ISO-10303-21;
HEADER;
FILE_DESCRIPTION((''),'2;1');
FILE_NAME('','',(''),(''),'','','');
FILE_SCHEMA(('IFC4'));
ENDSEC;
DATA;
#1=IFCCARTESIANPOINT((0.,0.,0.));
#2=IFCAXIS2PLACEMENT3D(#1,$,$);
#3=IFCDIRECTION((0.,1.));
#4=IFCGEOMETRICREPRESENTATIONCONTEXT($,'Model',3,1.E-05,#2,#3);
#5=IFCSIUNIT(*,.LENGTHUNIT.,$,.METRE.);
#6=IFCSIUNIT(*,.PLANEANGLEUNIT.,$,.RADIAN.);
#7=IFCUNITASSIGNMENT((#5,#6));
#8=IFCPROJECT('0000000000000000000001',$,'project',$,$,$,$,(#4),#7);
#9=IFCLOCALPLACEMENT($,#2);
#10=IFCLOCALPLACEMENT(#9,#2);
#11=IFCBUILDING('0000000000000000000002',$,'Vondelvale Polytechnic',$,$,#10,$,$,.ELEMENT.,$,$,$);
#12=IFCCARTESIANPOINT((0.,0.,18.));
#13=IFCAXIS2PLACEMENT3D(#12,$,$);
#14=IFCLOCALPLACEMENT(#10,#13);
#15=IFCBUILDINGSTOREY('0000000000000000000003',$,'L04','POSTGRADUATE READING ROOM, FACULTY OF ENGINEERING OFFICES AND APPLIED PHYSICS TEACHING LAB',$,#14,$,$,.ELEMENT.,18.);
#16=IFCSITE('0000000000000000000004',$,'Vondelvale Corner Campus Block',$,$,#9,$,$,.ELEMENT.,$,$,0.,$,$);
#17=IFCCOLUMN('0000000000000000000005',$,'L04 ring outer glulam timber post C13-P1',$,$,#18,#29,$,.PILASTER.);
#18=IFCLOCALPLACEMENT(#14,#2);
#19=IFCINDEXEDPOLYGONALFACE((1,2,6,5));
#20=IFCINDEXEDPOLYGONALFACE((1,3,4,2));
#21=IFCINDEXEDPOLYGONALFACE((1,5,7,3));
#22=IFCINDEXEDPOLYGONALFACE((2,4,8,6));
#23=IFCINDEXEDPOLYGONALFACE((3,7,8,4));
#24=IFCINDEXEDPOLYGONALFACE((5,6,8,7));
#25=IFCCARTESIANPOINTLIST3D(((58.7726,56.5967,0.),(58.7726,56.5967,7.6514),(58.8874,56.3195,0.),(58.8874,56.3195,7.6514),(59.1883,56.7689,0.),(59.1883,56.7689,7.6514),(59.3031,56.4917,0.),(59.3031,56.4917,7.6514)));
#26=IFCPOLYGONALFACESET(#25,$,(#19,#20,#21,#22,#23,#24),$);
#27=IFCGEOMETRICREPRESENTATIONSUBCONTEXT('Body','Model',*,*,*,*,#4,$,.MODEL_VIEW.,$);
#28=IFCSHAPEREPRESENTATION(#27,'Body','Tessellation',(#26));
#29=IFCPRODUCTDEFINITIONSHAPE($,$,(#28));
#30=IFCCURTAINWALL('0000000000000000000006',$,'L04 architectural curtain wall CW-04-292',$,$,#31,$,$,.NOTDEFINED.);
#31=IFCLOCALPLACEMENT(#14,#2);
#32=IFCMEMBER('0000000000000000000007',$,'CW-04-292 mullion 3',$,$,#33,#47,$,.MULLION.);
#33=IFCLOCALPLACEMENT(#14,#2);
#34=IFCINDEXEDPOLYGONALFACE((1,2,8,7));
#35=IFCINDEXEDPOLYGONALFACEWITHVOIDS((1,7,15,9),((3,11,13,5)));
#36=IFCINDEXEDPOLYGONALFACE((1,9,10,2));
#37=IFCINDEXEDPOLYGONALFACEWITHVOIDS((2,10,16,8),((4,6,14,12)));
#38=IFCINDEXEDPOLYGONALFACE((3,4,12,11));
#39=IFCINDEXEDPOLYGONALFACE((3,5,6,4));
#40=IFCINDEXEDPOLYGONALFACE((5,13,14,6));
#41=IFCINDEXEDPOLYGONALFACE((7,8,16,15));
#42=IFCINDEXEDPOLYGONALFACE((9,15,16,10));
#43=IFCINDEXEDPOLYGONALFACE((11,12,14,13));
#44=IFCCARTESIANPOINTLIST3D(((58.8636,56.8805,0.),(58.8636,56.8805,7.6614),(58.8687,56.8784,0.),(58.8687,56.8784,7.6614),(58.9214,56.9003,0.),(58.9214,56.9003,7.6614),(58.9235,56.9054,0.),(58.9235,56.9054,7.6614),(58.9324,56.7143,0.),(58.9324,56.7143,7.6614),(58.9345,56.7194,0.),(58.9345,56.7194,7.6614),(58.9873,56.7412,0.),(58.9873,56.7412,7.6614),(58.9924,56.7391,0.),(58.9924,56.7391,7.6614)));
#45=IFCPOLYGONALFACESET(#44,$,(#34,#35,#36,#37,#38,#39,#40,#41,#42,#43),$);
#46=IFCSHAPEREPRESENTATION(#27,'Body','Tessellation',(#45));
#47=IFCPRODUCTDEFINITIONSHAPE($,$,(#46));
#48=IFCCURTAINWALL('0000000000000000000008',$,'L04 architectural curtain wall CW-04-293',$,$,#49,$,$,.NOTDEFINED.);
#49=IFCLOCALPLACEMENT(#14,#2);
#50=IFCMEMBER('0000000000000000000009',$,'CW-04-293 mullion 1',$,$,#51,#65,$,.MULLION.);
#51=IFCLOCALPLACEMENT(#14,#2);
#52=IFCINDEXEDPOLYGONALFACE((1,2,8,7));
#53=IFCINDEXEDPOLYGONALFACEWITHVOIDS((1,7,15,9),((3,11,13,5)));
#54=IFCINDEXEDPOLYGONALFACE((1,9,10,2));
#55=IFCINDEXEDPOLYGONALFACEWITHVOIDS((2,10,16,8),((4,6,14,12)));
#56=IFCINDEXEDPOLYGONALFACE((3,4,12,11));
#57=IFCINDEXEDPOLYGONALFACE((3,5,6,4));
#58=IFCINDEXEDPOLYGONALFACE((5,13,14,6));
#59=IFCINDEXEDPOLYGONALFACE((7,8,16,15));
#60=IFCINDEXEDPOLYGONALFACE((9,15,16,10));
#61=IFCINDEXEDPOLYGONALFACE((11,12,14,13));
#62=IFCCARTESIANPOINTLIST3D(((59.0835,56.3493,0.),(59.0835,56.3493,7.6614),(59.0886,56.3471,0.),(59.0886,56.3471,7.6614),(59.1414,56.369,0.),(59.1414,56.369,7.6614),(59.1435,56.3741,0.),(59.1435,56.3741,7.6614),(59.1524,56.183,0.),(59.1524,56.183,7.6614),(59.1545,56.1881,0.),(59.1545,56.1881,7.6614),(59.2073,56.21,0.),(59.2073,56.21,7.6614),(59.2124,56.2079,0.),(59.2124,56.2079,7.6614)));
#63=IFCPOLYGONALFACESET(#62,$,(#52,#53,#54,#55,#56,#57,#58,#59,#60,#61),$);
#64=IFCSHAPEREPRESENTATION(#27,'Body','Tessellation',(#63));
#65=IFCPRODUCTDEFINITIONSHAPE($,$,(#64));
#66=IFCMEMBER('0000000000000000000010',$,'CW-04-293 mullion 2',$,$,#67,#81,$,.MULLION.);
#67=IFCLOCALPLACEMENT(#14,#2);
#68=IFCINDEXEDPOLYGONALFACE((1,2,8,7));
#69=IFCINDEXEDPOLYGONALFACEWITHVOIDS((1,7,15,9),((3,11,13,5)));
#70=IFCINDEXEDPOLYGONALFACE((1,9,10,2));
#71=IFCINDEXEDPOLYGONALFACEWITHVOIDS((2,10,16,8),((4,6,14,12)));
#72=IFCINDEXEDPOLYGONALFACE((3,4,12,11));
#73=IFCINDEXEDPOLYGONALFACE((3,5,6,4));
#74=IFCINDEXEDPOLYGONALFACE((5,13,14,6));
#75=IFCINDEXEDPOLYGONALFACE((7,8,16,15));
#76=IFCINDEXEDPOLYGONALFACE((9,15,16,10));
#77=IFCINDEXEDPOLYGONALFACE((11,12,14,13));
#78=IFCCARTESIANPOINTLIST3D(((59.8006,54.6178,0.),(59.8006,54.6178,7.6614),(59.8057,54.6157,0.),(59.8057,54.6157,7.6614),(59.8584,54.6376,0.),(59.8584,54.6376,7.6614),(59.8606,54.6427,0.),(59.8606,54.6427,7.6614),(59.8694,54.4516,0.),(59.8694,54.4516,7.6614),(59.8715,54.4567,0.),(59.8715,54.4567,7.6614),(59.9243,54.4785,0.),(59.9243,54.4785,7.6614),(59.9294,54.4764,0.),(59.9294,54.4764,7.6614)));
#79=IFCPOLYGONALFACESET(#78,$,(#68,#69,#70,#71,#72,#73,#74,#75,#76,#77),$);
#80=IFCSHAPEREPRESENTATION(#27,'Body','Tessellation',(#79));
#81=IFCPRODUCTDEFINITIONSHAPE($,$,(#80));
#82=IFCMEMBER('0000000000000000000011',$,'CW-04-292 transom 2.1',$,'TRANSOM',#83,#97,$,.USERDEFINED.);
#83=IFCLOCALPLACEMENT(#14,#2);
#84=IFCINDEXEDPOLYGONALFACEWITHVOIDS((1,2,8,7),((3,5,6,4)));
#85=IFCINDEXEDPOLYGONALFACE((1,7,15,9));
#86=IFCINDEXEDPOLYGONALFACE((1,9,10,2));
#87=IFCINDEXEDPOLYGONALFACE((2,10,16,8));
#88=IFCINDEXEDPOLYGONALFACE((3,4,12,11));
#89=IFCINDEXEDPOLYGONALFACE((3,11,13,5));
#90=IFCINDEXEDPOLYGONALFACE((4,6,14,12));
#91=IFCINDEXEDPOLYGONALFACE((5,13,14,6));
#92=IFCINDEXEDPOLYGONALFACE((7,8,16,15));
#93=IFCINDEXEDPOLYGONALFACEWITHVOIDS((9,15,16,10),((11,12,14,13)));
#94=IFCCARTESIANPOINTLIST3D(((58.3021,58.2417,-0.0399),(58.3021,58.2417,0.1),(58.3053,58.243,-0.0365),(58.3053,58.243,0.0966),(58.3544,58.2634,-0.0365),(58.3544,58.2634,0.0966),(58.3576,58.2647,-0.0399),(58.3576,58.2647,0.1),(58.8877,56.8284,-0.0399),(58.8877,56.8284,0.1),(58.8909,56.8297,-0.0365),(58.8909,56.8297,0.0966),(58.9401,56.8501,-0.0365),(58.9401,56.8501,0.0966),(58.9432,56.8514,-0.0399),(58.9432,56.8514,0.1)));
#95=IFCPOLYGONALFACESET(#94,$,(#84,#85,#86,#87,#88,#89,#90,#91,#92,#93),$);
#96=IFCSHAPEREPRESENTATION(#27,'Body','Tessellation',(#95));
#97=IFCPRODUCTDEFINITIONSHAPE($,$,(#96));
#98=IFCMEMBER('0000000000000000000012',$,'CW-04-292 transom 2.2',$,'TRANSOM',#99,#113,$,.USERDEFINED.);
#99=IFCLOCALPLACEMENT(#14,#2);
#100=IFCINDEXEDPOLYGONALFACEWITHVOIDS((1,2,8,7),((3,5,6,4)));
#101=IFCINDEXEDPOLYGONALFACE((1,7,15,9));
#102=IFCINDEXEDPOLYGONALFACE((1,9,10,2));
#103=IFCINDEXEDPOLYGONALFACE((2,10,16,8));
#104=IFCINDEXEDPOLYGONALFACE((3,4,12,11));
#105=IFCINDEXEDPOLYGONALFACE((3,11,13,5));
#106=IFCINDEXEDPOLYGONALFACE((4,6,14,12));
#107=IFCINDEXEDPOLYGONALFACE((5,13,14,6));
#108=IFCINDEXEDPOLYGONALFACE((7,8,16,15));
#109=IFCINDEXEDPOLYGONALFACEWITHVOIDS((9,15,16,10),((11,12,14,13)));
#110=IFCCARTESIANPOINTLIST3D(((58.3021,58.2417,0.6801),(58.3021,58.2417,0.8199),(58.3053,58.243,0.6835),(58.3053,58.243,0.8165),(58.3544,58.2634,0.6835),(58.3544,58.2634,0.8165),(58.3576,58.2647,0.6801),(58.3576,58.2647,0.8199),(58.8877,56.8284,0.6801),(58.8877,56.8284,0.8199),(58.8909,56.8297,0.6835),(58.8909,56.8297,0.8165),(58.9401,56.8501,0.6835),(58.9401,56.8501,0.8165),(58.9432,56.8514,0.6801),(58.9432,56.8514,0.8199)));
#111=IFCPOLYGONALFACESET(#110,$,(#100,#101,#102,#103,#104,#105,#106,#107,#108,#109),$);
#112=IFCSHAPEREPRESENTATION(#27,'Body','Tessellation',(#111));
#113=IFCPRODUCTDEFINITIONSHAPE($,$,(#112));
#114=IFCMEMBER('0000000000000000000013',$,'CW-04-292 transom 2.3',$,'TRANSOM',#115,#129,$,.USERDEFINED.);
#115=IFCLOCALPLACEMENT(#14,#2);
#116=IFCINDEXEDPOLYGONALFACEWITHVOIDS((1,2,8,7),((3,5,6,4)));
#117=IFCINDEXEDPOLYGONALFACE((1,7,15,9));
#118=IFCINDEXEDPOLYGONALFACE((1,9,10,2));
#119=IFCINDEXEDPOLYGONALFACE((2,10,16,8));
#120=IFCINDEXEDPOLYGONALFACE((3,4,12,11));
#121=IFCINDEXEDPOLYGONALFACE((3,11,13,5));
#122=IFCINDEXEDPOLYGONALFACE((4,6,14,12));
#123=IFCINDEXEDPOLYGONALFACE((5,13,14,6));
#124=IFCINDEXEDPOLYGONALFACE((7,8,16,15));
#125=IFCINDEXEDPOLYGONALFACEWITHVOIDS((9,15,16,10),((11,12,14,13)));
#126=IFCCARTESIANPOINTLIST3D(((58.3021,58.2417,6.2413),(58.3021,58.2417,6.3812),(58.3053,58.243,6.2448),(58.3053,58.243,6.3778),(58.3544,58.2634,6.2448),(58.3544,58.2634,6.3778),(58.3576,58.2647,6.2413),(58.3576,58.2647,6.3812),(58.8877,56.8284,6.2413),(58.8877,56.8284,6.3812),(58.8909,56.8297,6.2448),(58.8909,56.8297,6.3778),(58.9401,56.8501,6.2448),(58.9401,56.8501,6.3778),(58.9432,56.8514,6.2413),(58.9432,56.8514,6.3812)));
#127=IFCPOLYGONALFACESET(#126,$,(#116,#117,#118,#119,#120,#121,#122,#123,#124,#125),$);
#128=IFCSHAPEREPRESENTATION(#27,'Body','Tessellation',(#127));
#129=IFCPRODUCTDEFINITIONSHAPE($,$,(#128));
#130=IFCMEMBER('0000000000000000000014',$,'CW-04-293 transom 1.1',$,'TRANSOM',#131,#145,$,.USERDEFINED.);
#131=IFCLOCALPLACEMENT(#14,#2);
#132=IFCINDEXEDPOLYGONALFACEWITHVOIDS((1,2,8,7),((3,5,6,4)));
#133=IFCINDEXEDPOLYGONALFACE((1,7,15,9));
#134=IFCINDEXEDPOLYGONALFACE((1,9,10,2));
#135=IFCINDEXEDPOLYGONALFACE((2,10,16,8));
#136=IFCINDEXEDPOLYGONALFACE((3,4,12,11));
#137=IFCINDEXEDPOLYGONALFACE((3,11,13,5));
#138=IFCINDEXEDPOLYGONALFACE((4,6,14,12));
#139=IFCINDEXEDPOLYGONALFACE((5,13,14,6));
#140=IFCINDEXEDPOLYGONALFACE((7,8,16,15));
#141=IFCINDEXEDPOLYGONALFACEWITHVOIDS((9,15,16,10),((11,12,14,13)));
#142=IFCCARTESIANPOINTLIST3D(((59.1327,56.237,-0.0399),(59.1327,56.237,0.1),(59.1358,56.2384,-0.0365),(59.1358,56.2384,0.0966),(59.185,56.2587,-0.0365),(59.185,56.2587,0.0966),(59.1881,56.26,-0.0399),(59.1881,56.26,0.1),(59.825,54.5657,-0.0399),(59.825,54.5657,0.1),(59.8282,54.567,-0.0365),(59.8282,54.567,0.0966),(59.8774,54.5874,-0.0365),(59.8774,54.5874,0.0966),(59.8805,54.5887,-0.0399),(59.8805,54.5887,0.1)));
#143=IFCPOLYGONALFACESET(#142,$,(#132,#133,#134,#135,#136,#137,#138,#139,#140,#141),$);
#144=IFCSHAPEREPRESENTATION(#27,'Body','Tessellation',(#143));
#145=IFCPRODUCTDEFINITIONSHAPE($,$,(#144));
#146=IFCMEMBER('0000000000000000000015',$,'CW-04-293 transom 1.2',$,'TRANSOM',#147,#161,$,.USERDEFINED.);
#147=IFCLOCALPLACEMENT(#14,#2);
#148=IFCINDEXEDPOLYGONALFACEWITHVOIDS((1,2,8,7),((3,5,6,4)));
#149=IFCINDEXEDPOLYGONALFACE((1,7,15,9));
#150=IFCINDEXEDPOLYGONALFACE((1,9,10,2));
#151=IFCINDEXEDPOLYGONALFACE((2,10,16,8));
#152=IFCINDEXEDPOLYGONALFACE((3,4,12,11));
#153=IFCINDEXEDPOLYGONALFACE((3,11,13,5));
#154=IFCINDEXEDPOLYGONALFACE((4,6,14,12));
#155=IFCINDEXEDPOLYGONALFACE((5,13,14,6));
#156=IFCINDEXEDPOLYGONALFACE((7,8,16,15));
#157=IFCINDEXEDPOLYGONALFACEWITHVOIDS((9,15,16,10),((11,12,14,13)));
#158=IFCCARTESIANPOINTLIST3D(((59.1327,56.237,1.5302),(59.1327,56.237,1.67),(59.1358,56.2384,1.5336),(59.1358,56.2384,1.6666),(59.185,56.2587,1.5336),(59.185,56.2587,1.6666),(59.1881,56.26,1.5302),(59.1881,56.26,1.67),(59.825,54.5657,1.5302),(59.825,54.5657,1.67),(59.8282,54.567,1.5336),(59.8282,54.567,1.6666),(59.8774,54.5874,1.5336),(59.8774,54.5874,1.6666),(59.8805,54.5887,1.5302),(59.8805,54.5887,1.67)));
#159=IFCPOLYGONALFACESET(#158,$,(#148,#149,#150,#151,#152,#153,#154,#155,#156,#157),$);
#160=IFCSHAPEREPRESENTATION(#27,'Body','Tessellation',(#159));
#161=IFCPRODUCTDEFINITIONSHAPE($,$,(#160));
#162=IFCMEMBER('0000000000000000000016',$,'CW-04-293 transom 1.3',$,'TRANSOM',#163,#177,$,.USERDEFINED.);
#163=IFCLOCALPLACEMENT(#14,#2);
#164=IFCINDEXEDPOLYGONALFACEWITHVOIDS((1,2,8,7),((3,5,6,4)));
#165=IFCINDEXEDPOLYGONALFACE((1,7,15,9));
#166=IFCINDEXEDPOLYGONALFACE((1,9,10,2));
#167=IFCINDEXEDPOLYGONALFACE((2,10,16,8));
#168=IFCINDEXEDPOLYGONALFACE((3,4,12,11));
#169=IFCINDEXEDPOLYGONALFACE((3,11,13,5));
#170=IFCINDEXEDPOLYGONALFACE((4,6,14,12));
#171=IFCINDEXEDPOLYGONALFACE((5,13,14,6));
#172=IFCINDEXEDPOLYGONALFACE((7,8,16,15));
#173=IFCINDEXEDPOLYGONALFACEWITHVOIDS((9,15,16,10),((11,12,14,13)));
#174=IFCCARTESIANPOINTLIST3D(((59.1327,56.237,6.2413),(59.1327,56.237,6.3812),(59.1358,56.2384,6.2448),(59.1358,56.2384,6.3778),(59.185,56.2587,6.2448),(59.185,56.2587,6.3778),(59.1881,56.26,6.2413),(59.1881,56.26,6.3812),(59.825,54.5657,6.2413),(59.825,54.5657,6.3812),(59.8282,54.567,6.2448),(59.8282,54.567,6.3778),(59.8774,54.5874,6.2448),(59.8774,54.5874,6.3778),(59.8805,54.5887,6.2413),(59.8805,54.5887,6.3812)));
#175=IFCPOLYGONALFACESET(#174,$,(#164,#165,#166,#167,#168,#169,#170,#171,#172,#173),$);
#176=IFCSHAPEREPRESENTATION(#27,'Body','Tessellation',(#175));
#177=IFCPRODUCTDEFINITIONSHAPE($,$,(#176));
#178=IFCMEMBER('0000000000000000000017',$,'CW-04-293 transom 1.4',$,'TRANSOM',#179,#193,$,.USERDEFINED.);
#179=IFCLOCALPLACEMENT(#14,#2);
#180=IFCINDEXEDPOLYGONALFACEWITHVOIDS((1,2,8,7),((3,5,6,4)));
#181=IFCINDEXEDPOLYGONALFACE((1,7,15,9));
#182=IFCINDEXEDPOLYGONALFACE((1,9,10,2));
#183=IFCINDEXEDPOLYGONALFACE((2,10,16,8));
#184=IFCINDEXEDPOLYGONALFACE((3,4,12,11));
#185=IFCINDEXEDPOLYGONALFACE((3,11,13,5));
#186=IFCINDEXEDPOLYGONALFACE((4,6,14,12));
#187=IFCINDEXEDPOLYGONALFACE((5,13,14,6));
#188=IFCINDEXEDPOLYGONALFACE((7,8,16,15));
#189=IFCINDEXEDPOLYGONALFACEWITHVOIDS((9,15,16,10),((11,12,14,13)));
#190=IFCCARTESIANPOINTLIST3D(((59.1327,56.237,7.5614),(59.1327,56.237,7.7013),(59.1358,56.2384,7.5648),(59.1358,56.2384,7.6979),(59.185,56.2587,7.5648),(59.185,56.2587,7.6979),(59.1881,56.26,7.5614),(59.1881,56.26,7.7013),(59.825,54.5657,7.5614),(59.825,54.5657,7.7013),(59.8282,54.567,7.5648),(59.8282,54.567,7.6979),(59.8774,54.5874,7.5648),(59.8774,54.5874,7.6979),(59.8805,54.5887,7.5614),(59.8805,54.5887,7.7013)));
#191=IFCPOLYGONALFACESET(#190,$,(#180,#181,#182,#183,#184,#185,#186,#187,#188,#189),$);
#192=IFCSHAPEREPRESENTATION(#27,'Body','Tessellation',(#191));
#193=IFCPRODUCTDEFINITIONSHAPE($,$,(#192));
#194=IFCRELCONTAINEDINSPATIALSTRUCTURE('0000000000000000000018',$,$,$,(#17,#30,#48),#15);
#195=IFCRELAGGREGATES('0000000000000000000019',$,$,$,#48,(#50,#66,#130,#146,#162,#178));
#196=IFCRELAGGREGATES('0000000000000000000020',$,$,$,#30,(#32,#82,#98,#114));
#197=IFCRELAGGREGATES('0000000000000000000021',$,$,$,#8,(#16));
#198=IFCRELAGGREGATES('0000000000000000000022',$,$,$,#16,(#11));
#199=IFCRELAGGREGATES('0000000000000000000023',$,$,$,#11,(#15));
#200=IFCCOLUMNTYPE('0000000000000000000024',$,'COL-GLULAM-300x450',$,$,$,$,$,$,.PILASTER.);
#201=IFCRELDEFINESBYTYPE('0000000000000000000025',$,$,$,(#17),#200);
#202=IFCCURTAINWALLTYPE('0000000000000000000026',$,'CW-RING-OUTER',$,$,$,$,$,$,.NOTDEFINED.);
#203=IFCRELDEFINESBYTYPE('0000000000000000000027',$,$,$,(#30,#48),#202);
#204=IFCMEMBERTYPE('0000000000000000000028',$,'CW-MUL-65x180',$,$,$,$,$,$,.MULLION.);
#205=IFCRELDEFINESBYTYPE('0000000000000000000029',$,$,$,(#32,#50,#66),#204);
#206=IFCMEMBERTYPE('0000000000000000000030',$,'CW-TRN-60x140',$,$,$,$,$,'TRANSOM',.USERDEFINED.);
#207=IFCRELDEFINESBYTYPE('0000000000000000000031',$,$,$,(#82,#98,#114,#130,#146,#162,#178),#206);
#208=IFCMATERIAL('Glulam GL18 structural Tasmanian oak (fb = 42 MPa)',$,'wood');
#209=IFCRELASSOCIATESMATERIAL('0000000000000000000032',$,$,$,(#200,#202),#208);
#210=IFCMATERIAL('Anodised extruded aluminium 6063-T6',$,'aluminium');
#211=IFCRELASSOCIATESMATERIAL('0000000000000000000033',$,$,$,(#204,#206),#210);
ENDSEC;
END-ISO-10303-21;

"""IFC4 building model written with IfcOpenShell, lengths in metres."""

from ifc_helpers import new_model, si_unit, direction, frame, origin, origin_2d, place, context, subcontext, project, spatial, rectangle, hollow_rectangle, extrude, material, material_profile, profile_set, type_object, element, aggregate, save


model = new_model("IFC4")

# Units and contexts
model_context = context("Model", 3, precision=1e-05, world=origin(), true_north=direction((0.0, 1.0)))
body_context = subcontext(model_context, "Body", "Model", "MODEL_VIEW")
ifc_project = project(units=[si_unit("LENGTHUNIT", "METRE"), si_unit("PLANEANGLEUNIT", "RADIAN")], contexts=[model_context])

# Site, building, storey
site_placement = place(None, origin())
site = spatial("IfcSite", under=ifc_project, at=site_placement, Name="Vondelvale Corner Campus Block", CompositionType="ELEMENT", RefElevation=0.0)
building_placement = place(site_placement, origin())
building = spatial("IfcBuilding", under=site, at=building_placement, Name="Vondelvale Polytechnic", CompositionType="ELEMENT")
storey_placement = place(building_placement, frame((0.0, 0.0, 18.0)))
storey = spatial("IfcBuildingStorey", under=building, at=storey_placement, Name="L04", Description="POSTGRADUATE READING ROOM, FACULTY OF ENGINEERING OFFICES AND APPLIED PHYSICS TEACHING LAB", CompositionType="ELEMENT", Elevation=18.0)

# Column
ifc_material_1 = material(Name="Glulam GL18 structural Tasmanian oak (fb = 42 MPa)", Category="wood")
ifc_material_profile_1 = material_profile(ifc_material_1, rectangle(XDim=0.3, YDim=0.45, at=origin_2d()), Name="GL-POST-300x450")
ifc_profile_set_1 = profile_set([ifc_material_profile_1], Name="Glulam GL18 structural Tasmanian oak (fb = 42 MPa)")
column_type = type_object("IfcColumnType", Name="COL-GLULAM-300x450", PredefinedType="PILASTER", material=ifc_profile_set_1)
column_placement = place(storey_placement, frame((59.0378, 56.5442, 0.0), z_axis=(0.0, 0.0, 1.0), x_axis=(-0.382683, 0.92388, 0.0)))
element("IfcColumn", 1, at=column_placement, inside=storey, type_object=column_type, Name="L04 ring outer glulam timber post C13-P1", PredefinedType="PILASTER", context=body_context, shape_type="SweptSolid", body=[
    extrude(rectangle(XDim=0.3, YDim=0.45, at=origin_2d()), origin(), (0.0, 0.0, 1.0), 7.6514),
])

# Curtain wall, member
curtain_wall_type = type_object("IfcCurtainWallType", Name="CW-RING-OUTER", PredefinedType="NOTDEFINED", material=ifc_material_1)
curtain_wall_1_placement = place(storey_placement, origin())
curtain_wall_1 = element("IfcCurtainWall", 2, at=curtain_wall_1_placement, inside=storey, type_object=curtain_wall_type, Name="L04 architectural curtain wall CW-04-292", PredefinedType="NOTDEFINED")
ifc_material_2 = material(Name="Anodised extruded aluminium 6063-T6", Category="aluminium")
ifc_material_profile_2 = material_profile(ifc_material_2, hollow_rectangle(XDim=0.0649, YDim=0.1799, WallThickness=0.0039, at=origin_2d()), Name="CW-MUL-180x65")
ifc_profile_set_2 = profile_set([ifc_material_profile_2], Name="Anodised extruded aluminium 6063-T6")
member_type_1 = type_object("IfcMemberType", Name="CW-MUL-65x180", PredefinedType="MULLION", material=ifc_profile_set_2)
member_1_placement = place(storey_placement, frame((58.928, 56.8098, 0.0), z_axis=(0.0, 0.0, 1.0), x_axis=(0.923882, 0.382677, 0.0)))
member_1 = element("IfcMember", 3, at=member_1_placement, type_object=member_type_1, Name="CW-04-292 mullion 3", PredefinedType="MULLION", context=body_context, shape_type="SweptSolid", body=[
    extrude(hollow_rectangle(XDim=0.0649, YDim=0.1799, WallThickness=0.0039, at=origin_2d()), origin(), (0.0, 0.0, 1.0), 7.6614),
])

# Curtain wall, members
curtain_wall_2_placement = place(storey_placement, origin())
curtain_wall_2 = element("IfcCurtainWall", 4, at=curtain_wall_2_placement, inside=storey, type_object=curtain_wall_type, Name="L04 architectural curtain wall CW-04-293", PredefinedType="NOTDEFINED")
member_2_placement = place(storey_placement, frame((59.1479, 56.2786, 0.0), z_axis=(0.0, 0.0, 1.0), x_axis=(0.923875, 0.382695, 0.0)))
member_2 = element("IfcMember", 5, at=member_2_placement, type_object=member_type_1, Name="CW-04-293 mullion 1", PredefinedType="MULLION", context=body_context, shape_type="SweptSolid", body=[
    extrude(hollow_rectangle(XDim=0.0649, YDim=0.1799, WallThickness=0.0039, at=origin_2d()), origin(), (0.0, 0.0, 1.0), 7.6614),
])
member_3_placement = place(storey_placement, frame((59.865, 54.5471, 0.0), z_axis=(0.0, 0.0, 1.0), x_axis=(0.923875, 0.382695, 0.0)))
member_3 = element("IfcMember", 6, at=member_3_placement, type_object=member_type_1, Name="CW-04-293 mullion 2", PredefinedType="MULLION", context=body_context, shape_type="SweptSolid", body=[
    extrude(hollow_rectangle(XDim=0.0649, YDim=0.1799, WallThickness=0.0039, at=origin_2d()), origin(), (0.0, 0.0, 1.0), 7.6614),
])

# Members
ifc_material_profile_3 = material_profile(ifc_material_2, hollow_rectangle(XDim=0.0601, YDim=0.1399, WallThickness=0.0034, at=origin_2d()), Name="CW-TRN-140x60")
ifc_profile_set_3 = profile_set([ifc_material_profile_3], Name="Anodised extruded aluminium 6063-T6")
member_type_2 = type_object("IfcMemberType", Name="CW-TRN-60x140", ElementType="TRANSOM", PredefinedType="USERDEFINED", material=ifc_profile_set_3)
member_4_placement = place(storey_placement, frame((58.3298, 58.2532, 0.03), z_axis=(0.382836, -0.923816, 0.0), x_axis=(0.923816, 0.382836, 0.0)))
member_4 = element("IfcMember", 7, at=member_4_placement, type_object=member_type_2, Name="CW-04-292 transom 2.1", ObjectType="TRANSOM", PredefinedType="USERDEFINED", context=body_context, shape_type="SweptSolid", body=[
    extrude(hollow_rectangle(XDim=0.0601, YDim=0.1399, WallThickness=0.0034, at=origin_2d()), origin(), (0.0, 0.0, 1.0), 1.5298),
])
member_5_placement = place(storey_placement, frame((58.3298, 58.2532, 0.75), z_axis=(0.382836, -0.923816, 0.0), x_axis=(0.923816, 0.382836, 0.0)))
member_5 = element("IfcMember", 8, at=member_5_placement, type_object=member_type_2, Name="CW-04-292 transom 2.2", ObjectType="TRANSOM", PredefinedType="USERDEFINED", context=body_context, shape_type="SweptSolid", body=[
    extrude(hollow_rectangle(XDim=0.0601, YDim=0.1399, WallThickness=0.0034, at=origin_2d()), origin(), (0.0, 0.0, 1.0), 1.5298),
])
member_6_placement = place(storey_placement, frame((58.3298, 58.2532, 6.3113), z_axis=(0.382836, -0.923816, 0.0), x_axis=(0.923816, 0.382836, 0.0)))
member_6 = element("IfcMember", 9, at=member_6_placement, type_object=member_type_2, Name="CW-04-292 transom 2.3", ObjectType="TRANSOM", PredefinedType="USERDEFINED", context=body_context, shape_type="SweptSolid", body=[
    extrude(hollow_rectangle(XDim=0.0601, YDim=0.1399, WallThickness=0.0034, at=origin_2d()), origin(), (0.0, 0.0, 1.0), 1.5298),
])
member_7_placement = place(storey_placement, frame((59.1604, 56.2485, 0.03), z_axis=(0.382717, -0.923866, 0.0), x_axis=(0.923866, 0.382717, 0.0)))
member_7 = element("IfcMember", 10, at=member_7_placement, type_object=member_type_2, Name="CW-04-293 transom 1.1", ObjectType="TRANSOM", PredefinedType="USERDEFINED", context=body_context, shape_type="SweptSolid", body=[
    extrude(hollow_rectangle(XDim=0.0601, YDim=0.1399, WallThickness=0.0034, at=origin_2d()), origin(), (0.0, 0.0, 1.0), 1.8091),
])
member_8_placement = place(storey_placement, frame((59.1604, 56.2485, 1.6001), z_axis=(0.382717, -0.923866, 0.0), x_axis=(0.923866, 0.382717, 0.0)))
member_8 = element("IfcMember", 11, at=member_8_placement, type_object=member_type_2, Name="CW-04-293 transom 1.2", ObjectType="TRANSOM", PredefinedType="USERDEFINED", context=body_context, shape_type="SweptSolid", body=[
    extrude(hollow_rectangle(XDim=0.0601, YDim=0.1399, WallThickness=0.0034, at=origin_2d()), origin(), (0.0, 0.0, 1.0), 1.8091),
])
member_9_placement = place(storey_placement, frame((59.1604, 56.2485, 6.3113), z_axis=(0.382717, -0.923866, 0.0), x_axis=(0.923866, 0.382717, 0.0)))
member_9 = element("IfcMember", 12, at=member_9_placement, type_object=member_type_2, Name="CW-04-293 transom 1.3", ObjectType="TRANSOM", PredefinedType="USERDEFINED", context=body_context, shape_type="SweptSolid", body=[
    extrude(hollow_rectangle(XDim=0.0601, YDim=0.1399, WallThickness=0.0034, at=origin_2d()), origin(), (0.0, 0.0, 1.0), 1.8091),
])
member_10_placement = place(storey_placement, frame((59.1604, 56.2485, 7.6313), z_axis=(0.382717, -0.923866, 0.0), x_axis=(0.923866, 0.382717, 0.0)))
member_10 = element("IfcMember", 13, at=member_10_placement, type_object=member_type_2, Name="CW-04-293 transom 1.4", ObjectType="TRANSOM", PredefinedType="USERDEFINED", context=body_context, shape_type="SweptSolid", body=[
    extrude(hollow_rectangle(XDim=0.0601, YDim=0.1399, WallThickness=0.0034, at=origin_2d()), origin(), (0.0, 0.0, 1.0), 1.8091),
])

aggregate(curtain_wall_2, [member_2, member_3, member_7, member_8, member_9, member_10])
aggregate(curtain_wall_1, [member_1, member_4, member_5, member_6])

save(model, "model.ifc")
